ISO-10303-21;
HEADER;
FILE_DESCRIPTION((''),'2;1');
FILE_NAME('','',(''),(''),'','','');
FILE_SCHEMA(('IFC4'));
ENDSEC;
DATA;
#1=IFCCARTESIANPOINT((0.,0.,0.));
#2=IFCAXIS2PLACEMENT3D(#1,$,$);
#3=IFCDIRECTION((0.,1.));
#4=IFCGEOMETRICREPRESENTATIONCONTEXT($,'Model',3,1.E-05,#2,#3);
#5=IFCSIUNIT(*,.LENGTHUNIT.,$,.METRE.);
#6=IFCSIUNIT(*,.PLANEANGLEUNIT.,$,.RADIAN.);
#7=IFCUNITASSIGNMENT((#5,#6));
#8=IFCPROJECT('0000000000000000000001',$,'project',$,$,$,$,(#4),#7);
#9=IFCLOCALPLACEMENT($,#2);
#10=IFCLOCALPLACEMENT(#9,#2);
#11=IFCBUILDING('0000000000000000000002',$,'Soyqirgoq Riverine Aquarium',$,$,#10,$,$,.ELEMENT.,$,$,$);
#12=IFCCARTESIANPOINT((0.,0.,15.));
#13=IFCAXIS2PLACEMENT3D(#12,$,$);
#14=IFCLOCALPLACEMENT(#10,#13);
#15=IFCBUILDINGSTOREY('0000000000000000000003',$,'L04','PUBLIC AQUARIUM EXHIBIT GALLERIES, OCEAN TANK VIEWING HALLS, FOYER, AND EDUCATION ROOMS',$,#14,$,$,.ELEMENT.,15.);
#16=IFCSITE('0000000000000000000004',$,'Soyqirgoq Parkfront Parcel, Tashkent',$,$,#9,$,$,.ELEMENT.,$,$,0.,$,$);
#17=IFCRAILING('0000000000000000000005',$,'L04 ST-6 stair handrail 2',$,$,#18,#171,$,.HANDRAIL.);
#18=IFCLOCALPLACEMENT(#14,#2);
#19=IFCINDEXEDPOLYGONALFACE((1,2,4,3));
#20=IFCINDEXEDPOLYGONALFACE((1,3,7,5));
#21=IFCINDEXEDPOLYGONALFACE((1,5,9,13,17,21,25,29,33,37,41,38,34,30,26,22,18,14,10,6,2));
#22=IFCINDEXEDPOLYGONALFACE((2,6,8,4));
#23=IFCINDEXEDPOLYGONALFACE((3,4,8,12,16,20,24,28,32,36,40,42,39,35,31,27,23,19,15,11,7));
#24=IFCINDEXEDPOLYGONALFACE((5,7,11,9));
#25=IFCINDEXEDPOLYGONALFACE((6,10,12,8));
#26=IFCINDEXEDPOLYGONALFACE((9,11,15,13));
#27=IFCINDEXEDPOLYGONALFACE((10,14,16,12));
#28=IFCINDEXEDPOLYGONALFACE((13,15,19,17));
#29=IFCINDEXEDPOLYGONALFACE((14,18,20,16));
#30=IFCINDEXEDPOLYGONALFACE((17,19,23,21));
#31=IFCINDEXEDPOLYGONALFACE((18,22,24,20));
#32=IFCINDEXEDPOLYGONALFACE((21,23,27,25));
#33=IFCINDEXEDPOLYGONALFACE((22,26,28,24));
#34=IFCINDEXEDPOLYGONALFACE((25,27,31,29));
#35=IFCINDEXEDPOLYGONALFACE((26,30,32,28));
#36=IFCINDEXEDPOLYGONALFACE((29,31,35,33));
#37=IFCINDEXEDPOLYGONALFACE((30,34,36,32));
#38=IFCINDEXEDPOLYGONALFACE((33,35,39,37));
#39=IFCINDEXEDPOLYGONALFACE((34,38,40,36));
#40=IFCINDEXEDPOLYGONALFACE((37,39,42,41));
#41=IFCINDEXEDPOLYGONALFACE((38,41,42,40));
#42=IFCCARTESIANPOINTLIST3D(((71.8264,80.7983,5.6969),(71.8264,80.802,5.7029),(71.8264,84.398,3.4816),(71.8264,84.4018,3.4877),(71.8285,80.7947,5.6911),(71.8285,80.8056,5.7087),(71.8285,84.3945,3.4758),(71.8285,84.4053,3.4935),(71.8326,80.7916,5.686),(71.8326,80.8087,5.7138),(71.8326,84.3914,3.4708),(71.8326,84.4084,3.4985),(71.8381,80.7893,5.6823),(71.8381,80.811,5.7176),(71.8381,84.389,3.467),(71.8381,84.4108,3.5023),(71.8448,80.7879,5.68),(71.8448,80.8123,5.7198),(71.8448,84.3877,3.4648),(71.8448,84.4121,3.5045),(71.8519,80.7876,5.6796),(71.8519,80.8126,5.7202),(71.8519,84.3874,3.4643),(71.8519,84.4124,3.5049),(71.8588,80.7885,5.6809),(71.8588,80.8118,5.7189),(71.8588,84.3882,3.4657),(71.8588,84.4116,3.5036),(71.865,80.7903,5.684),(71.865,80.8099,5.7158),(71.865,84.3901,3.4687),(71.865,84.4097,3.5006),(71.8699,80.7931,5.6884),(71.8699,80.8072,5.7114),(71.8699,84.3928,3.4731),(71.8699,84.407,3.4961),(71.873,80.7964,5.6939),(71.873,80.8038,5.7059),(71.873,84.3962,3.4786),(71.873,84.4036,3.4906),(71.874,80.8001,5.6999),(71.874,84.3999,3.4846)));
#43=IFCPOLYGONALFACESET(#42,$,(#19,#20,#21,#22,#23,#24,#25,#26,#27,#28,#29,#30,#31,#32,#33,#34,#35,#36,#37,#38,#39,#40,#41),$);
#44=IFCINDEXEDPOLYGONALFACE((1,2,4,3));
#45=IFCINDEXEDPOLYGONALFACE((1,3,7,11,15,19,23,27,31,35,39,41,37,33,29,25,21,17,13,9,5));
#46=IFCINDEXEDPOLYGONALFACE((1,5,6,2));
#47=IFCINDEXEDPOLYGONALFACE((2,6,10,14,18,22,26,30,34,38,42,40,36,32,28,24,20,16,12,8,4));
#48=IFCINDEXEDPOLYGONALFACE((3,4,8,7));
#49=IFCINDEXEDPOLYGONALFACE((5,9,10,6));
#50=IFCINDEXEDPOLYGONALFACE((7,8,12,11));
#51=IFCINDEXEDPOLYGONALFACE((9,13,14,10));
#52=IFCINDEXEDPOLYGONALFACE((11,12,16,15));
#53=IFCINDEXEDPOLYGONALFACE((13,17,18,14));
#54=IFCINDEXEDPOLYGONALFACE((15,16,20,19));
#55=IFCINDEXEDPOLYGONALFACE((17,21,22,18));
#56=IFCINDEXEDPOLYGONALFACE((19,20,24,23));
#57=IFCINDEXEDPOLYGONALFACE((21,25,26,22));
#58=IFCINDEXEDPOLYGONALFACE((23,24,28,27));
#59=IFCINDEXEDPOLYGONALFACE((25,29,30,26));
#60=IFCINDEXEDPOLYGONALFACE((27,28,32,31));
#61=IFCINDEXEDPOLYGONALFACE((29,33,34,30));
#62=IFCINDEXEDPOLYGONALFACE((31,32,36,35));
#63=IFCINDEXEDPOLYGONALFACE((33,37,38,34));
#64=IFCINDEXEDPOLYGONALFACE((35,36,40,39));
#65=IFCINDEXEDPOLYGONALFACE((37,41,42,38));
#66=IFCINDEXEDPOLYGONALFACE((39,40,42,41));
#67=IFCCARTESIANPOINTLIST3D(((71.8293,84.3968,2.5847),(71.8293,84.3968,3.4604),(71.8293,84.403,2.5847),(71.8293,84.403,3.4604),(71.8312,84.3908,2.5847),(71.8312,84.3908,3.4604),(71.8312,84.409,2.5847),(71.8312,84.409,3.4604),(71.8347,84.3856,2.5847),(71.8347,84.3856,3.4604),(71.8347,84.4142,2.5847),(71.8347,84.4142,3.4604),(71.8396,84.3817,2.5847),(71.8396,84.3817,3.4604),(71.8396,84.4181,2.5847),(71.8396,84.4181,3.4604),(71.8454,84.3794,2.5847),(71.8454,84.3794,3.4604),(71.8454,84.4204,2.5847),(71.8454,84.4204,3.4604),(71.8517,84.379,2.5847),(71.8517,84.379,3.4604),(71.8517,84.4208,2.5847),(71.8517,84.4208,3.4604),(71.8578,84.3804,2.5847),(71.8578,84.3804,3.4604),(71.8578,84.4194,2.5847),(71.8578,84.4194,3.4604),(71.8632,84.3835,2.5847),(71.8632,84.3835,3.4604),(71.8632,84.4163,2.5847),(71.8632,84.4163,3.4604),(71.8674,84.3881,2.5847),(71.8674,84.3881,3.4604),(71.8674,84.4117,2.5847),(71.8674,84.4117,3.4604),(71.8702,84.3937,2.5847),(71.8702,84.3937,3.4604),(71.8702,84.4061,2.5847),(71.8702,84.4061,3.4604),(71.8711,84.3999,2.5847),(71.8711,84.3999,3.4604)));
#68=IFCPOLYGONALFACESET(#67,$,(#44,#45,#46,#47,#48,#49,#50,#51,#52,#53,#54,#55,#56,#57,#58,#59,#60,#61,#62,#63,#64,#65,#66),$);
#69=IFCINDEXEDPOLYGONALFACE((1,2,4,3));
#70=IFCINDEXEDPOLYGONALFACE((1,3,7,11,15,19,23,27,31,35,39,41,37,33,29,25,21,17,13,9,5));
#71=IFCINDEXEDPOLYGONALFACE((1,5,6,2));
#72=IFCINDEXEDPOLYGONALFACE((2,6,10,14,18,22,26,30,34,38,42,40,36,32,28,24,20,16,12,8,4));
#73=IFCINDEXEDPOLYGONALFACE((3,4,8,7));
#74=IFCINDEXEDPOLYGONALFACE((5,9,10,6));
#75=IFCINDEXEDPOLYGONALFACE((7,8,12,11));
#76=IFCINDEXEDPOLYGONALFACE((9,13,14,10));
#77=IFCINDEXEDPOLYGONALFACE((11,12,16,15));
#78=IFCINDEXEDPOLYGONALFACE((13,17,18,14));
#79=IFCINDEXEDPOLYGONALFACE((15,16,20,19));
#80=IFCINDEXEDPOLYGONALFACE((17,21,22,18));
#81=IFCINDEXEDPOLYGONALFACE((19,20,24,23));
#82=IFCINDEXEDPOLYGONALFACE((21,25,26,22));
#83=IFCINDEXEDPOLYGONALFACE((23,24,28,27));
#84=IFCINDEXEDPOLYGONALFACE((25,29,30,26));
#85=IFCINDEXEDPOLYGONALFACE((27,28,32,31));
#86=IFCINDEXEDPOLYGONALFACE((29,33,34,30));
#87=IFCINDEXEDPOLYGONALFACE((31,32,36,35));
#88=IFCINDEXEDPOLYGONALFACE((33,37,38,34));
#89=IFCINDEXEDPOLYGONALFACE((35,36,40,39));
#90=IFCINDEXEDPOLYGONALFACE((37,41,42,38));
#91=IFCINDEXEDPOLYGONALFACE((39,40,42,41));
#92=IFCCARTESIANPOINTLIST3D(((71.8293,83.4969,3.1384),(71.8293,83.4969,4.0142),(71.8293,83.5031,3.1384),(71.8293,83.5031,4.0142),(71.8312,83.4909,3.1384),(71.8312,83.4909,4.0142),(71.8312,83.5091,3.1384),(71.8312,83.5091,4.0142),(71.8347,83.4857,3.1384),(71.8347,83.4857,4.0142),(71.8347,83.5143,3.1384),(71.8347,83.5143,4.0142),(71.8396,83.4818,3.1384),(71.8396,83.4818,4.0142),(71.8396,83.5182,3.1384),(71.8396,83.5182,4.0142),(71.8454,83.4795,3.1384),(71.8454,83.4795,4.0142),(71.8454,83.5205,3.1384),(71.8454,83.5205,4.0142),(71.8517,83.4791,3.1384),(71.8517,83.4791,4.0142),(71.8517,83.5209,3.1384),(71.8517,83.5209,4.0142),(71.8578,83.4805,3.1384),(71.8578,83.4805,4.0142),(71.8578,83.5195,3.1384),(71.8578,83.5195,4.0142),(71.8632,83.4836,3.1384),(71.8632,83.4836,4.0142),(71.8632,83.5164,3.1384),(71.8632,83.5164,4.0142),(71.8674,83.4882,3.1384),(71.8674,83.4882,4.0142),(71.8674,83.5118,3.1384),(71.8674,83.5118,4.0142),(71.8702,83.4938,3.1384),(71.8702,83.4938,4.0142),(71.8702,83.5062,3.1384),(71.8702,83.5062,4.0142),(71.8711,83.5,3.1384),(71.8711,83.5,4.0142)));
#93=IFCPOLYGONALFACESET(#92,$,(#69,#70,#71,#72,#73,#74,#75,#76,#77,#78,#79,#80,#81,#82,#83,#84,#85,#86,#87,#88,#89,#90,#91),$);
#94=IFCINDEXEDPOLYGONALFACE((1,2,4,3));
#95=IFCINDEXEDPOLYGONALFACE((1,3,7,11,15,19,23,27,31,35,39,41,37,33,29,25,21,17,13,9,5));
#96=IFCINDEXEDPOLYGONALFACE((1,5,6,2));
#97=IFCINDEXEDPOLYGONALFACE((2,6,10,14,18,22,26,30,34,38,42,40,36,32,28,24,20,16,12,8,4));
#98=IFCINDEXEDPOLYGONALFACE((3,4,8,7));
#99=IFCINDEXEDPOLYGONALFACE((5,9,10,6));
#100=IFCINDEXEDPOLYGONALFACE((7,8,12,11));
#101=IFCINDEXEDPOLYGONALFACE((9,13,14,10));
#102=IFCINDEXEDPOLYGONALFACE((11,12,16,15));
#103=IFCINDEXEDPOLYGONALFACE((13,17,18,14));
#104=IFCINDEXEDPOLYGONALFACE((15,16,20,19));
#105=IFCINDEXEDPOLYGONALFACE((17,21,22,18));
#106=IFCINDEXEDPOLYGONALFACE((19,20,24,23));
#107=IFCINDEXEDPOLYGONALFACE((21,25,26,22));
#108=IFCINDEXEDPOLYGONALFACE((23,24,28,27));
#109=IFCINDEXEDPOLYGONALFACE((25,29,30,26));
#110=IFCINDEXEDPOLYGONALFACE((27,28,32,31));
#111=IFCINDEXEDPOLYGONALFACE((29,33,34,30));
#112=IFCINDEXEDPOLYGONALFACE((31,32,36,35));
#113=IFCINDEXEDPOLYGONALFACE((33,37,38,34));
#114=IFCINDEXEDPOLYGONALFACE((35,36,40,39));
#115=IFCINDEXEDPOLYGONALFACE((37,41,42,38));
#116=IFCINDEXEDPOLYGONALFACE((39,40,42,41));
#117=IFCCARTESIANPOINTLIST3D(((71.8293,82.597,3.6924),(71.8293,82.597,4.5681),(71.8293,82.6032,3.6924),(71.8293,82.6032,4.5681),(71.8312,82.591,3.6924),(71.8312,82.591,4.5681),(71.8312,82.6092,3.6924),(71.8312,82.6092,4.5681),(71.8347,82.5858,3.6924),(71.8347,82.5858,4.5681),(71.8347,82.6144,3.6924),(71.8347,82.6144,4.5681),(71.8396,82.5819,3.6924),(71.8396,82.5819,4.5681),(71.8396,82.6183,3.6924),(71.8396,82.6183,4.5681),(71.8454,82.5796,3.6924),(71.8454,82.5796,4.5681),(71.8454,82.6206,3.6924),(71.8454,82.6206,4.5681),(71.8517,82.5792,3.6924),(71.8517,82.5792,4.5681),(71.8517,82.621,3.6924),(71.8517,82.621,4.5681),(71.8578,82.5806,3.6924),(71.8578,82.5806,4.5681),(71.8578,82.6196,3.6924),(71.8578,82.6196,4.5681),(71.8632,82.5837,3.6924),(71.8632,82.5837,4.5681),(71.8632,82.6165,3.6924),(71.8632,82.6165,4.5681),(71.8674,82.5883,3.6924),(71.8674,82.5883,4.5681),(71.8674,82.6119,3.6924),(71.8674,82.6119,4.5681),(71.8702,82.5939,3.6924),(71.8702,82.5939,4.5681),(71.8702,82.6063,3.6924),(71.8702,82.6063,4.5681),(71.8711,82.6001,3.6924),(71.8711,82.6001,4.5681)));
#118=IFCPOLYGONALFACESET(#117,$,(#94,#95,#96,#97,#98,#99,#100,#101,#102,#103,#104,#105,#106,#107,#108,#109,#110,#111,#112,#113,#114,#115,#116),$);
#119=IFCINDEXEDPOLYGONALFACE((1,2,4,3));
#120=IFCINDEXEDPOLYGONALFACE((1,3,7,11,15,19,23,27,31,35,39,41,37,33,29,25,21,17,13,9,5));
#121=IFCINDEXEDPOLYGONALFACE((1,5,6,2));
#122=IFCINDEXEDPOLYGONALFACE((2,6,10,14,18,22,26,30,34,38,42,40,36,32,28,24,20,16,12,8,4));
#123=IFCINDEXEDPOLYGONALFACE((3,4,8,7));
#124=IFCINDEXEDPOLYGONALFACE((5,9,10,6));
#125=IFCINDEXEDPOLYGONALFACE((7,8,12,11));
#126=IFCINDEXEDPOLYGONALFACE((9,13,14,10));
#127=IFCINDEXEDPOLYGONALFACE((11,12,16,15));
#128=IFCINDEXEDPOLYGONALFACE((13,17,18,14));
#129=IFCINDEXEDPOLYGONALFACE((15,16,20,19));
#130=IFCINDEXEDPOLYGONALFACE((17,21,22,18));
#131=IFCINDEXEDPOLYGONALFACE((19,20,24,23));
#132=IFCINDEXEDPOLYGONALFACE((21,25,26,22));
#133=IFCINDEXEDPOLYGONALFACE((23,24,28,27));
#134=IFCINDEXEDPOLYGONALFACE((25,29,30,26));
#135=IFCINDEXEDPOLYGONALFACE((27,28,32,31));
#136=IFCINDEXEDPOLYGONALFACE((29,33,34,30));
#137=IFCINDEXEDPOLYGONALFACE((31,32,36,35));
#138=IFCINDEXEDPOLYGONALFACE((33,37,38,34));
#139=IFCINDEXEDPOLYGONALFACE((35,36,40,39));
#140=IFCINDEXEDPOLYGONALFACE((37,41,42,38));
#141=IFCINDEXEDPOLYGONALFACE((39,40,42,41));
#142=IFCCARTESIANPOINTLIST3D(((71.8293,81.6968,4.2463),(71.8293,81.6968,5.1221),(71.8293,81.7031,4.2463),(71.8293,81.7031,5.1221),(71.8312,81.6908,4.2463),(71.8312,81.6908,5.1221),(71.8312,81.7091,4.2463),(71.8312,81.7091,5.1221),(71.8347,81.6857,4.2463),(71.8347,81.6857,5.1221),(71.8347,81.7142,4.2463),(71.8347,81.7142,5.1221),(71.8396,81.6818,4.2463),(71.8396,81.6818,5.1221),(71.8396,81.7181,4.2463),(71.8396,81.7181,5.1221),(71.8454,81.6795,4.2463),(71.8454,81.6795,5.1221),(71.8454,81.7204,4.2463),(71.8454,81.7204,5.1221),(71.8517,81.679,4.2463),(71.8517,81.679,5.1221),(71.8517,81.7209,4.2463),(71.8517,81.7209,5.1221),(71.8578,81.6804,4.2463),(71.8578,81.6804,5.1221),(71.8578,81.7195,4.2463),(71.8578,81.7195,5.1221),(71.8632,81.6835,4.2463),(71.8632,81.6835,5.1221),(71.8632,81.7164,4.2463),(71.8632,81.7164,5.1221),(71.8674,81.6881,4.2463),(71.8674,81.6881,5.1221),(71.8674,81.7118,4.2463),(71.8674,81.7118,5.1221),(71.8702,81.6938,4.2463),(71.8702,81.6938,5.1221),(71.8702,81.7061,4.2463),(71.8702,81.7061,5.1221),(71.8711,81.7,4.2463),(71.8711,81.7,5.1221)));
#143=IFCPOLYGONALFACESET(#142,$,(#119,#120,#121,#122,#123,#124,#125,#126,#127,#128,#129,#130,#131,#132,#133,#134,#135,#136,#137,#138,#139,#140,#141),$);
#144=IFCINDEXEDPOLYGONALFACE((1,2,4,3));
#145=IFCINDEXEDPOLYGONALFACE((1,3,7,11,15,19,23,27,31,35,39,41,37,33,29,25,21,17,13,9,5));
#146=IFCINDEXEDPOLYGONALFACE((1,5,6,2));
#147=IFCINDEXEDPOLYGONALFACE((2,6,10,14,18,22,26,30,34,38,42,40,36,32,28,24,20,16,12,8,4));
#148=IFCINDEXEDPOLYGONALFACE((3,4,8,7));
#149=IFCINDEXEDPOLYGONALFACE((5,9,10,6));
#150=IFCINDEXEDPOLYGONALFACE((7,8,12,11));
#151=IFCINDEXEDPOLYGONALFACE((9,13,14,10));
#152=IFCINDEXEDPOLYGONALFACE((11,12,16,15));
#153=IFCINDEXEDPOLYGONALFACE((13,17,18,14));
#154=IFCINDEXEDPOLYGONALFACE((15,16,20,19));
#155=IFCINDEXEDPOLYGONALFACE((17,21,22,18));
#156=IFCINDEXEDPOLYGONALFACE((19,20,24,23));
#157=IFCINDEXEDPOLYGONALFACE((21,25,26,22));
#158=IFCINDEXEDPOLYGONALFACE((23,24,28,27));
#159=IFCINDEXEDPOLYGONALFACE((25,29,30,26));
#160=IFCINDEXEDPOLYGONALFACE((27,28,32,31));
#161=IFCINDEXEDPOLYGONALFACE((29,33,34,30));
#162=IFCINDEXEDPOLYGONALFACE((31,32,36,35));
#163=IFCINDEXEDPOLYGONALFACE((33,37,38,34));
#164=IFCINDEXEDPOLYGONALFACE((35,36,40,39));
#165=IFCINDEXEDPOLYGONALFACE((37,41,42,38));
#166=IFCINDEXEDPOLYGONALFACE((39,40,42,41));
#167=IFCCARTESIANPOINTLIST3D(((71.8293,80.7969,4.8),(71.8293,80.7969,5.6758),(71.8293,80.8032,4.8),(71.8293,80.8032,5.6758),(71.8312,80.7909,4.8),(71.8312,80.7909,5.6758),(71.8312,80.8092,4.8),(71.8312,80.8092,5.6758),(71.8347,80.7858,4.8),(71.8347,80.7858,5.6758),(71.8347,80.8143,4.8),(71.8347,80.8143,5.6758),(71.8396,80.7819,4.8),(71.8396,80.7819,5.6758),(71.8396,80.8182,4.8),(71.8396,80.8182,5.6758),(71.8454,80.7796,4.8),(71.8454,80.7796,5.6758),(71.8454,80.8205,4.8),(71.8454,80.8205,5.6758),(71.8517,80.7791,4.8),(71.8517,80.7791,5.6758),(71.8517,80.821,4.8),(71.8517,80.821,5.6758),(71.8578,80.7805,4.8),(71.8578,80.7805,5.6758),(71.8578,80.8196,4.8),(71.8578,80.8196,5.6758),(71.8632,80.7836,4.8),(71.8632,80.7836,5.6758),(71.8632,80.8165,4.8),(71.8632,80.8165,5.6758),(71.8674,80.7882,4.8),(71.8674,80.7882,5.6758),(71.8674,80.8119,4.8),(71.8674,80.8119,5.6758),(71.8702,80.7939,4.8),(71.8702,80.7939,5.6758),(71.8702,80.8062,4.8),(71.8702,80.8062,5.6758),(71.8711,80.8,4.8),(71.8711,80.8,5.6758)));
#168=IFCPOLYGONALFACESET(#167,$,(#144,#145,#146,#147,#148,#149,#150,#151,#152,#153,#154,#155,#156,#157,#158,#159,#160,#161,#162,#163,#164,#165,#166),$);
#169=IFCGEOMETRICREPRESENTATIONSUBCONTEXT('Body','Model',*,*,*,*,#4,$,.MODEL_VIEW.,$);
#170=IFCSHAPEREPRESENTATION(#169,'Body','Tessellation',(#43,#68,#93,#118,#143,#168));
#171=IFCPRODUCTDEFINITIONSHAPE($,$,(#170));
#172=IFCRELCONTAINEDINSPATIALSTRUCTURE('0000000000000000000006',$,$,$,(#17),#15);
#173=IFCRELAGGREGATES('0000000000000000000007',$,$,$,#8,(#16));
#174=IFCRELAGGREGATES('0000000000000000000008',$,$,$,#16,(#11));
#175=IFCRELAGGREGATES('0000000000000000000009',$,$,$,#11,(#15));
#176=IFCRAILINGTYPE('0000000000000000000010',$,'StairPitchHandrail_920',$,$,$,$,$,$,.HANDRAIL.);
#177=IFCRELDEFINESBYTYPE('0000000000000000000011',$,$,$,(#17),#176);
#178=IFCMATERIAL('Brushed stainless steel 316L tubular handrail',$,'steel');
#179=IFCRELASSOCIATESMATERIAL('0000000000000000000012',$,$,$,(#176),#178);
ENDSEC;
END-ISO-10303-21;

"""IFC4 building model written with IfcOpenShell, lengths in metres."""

from ifc_helpers import new_model, si_unit, direction, frame, origin, origin_2d, place, context, subcontext, project, spatial, circle, extrude, material, type_object, element, save


model = new_model("IFC4")

# Units and contexts
model_context = context("Model", 3, precision=1e-05, world=origin(), true_north=direction((0.0, 1.0)))
body_context = subcontext(model_context, "Body", "Model", "MODEL_VIEW")
ifc_project = project(units=[si_unit("LENGTHUNIT", "METRE"), si_unit("PLANEANGLEUNIT", "RADIAN")], contexts=[model_context])

# Site, building, storey
site_placement = place(None, origin())
site = spatial("IfcSite", under=ifc_project, at=site_placement, Name="Soyqirgoq Parkfront Parcel, Tashkent", CompositionType="ELEMENT", RefElevation=0.0)
building_placement = place(site_placement, origin())
building = spatial("IfcBuilding", under=site, at=building_placement, Name="Soyqirgoq Riverine Aquarium", CompositionType="ELEMENT")
storey_placement = place(building_placement, frame((0.0, 0.0, 15.0)))
storey = spatial("IfcBuildingStorey", under=building, at=storey_placement, Name="L04", Description="PUBLIC AQUARIUM EXHIBIT GALLERIES, OCEAN TANK VIEWING HALLS, FOYER, AND EDUCATION ROOMS", CompositionType="ELEMENT", Elevation=15.0)

# Railing
ifc_material_1 = material(Name="Brushed stainless steel 316L tubular handrail", Category="steel")
railing_type_1 = type_object("IfcRailingType", Name="StairPitchHandrail_920", PredefinedType="HANDRAIL", material=ifc_material_1)
railing_1_placement = place(storey_placement, frame((71.8501, 84.3999, 2.5847)))
element("IfcRailing", 1, at=railing_1_placement, inside=storey, type_object=railing_type_1, Name="L04 ST-6 stair handrail 2", PredefinedType="HANDRAIL", context=body_context, shape_type="SweptSolid", body=[
    extrude(circle(Radius=0.0239, at=origin_2d()), frame((0.0, 0.0, 0.8999), z_axis=(0.0, -0.851654, 0.524104), x_axis=(1.0, 0.0, 0.0)), (0.0, 0.0, 1.0), 4.2268),
    extrude(circle(Radius=0.021, at=origin_2d()), origin(), (0.0, 0.0, 1.0), 0.8757),
    extrude(circle(Radius=0.021, at=origin_2d()), frame((0.0, -0.8999, 0.5537)), (0.0, 0.0, 1.0), 0.8757),
    extrude(circle(Radius=0.021, at=origin_2d()), frame((0.0, -1.7998, 1.1077)), (0.0, 0.0, 1.0), 0.8757),
    extrude(circle(Radius=0.021, at=origin_2d()), frame((0.0, -2.7, 1.6616)), (0.0, 0.0, 1.0), 0.8757),
    extrude(circle(Radius=0.021, at=origin_2d()), frame((0.0, -3.5999, 2.2153)), (0.0, 0.0, 1.0), 0.8757),
])

save(model, "model.ifc")
